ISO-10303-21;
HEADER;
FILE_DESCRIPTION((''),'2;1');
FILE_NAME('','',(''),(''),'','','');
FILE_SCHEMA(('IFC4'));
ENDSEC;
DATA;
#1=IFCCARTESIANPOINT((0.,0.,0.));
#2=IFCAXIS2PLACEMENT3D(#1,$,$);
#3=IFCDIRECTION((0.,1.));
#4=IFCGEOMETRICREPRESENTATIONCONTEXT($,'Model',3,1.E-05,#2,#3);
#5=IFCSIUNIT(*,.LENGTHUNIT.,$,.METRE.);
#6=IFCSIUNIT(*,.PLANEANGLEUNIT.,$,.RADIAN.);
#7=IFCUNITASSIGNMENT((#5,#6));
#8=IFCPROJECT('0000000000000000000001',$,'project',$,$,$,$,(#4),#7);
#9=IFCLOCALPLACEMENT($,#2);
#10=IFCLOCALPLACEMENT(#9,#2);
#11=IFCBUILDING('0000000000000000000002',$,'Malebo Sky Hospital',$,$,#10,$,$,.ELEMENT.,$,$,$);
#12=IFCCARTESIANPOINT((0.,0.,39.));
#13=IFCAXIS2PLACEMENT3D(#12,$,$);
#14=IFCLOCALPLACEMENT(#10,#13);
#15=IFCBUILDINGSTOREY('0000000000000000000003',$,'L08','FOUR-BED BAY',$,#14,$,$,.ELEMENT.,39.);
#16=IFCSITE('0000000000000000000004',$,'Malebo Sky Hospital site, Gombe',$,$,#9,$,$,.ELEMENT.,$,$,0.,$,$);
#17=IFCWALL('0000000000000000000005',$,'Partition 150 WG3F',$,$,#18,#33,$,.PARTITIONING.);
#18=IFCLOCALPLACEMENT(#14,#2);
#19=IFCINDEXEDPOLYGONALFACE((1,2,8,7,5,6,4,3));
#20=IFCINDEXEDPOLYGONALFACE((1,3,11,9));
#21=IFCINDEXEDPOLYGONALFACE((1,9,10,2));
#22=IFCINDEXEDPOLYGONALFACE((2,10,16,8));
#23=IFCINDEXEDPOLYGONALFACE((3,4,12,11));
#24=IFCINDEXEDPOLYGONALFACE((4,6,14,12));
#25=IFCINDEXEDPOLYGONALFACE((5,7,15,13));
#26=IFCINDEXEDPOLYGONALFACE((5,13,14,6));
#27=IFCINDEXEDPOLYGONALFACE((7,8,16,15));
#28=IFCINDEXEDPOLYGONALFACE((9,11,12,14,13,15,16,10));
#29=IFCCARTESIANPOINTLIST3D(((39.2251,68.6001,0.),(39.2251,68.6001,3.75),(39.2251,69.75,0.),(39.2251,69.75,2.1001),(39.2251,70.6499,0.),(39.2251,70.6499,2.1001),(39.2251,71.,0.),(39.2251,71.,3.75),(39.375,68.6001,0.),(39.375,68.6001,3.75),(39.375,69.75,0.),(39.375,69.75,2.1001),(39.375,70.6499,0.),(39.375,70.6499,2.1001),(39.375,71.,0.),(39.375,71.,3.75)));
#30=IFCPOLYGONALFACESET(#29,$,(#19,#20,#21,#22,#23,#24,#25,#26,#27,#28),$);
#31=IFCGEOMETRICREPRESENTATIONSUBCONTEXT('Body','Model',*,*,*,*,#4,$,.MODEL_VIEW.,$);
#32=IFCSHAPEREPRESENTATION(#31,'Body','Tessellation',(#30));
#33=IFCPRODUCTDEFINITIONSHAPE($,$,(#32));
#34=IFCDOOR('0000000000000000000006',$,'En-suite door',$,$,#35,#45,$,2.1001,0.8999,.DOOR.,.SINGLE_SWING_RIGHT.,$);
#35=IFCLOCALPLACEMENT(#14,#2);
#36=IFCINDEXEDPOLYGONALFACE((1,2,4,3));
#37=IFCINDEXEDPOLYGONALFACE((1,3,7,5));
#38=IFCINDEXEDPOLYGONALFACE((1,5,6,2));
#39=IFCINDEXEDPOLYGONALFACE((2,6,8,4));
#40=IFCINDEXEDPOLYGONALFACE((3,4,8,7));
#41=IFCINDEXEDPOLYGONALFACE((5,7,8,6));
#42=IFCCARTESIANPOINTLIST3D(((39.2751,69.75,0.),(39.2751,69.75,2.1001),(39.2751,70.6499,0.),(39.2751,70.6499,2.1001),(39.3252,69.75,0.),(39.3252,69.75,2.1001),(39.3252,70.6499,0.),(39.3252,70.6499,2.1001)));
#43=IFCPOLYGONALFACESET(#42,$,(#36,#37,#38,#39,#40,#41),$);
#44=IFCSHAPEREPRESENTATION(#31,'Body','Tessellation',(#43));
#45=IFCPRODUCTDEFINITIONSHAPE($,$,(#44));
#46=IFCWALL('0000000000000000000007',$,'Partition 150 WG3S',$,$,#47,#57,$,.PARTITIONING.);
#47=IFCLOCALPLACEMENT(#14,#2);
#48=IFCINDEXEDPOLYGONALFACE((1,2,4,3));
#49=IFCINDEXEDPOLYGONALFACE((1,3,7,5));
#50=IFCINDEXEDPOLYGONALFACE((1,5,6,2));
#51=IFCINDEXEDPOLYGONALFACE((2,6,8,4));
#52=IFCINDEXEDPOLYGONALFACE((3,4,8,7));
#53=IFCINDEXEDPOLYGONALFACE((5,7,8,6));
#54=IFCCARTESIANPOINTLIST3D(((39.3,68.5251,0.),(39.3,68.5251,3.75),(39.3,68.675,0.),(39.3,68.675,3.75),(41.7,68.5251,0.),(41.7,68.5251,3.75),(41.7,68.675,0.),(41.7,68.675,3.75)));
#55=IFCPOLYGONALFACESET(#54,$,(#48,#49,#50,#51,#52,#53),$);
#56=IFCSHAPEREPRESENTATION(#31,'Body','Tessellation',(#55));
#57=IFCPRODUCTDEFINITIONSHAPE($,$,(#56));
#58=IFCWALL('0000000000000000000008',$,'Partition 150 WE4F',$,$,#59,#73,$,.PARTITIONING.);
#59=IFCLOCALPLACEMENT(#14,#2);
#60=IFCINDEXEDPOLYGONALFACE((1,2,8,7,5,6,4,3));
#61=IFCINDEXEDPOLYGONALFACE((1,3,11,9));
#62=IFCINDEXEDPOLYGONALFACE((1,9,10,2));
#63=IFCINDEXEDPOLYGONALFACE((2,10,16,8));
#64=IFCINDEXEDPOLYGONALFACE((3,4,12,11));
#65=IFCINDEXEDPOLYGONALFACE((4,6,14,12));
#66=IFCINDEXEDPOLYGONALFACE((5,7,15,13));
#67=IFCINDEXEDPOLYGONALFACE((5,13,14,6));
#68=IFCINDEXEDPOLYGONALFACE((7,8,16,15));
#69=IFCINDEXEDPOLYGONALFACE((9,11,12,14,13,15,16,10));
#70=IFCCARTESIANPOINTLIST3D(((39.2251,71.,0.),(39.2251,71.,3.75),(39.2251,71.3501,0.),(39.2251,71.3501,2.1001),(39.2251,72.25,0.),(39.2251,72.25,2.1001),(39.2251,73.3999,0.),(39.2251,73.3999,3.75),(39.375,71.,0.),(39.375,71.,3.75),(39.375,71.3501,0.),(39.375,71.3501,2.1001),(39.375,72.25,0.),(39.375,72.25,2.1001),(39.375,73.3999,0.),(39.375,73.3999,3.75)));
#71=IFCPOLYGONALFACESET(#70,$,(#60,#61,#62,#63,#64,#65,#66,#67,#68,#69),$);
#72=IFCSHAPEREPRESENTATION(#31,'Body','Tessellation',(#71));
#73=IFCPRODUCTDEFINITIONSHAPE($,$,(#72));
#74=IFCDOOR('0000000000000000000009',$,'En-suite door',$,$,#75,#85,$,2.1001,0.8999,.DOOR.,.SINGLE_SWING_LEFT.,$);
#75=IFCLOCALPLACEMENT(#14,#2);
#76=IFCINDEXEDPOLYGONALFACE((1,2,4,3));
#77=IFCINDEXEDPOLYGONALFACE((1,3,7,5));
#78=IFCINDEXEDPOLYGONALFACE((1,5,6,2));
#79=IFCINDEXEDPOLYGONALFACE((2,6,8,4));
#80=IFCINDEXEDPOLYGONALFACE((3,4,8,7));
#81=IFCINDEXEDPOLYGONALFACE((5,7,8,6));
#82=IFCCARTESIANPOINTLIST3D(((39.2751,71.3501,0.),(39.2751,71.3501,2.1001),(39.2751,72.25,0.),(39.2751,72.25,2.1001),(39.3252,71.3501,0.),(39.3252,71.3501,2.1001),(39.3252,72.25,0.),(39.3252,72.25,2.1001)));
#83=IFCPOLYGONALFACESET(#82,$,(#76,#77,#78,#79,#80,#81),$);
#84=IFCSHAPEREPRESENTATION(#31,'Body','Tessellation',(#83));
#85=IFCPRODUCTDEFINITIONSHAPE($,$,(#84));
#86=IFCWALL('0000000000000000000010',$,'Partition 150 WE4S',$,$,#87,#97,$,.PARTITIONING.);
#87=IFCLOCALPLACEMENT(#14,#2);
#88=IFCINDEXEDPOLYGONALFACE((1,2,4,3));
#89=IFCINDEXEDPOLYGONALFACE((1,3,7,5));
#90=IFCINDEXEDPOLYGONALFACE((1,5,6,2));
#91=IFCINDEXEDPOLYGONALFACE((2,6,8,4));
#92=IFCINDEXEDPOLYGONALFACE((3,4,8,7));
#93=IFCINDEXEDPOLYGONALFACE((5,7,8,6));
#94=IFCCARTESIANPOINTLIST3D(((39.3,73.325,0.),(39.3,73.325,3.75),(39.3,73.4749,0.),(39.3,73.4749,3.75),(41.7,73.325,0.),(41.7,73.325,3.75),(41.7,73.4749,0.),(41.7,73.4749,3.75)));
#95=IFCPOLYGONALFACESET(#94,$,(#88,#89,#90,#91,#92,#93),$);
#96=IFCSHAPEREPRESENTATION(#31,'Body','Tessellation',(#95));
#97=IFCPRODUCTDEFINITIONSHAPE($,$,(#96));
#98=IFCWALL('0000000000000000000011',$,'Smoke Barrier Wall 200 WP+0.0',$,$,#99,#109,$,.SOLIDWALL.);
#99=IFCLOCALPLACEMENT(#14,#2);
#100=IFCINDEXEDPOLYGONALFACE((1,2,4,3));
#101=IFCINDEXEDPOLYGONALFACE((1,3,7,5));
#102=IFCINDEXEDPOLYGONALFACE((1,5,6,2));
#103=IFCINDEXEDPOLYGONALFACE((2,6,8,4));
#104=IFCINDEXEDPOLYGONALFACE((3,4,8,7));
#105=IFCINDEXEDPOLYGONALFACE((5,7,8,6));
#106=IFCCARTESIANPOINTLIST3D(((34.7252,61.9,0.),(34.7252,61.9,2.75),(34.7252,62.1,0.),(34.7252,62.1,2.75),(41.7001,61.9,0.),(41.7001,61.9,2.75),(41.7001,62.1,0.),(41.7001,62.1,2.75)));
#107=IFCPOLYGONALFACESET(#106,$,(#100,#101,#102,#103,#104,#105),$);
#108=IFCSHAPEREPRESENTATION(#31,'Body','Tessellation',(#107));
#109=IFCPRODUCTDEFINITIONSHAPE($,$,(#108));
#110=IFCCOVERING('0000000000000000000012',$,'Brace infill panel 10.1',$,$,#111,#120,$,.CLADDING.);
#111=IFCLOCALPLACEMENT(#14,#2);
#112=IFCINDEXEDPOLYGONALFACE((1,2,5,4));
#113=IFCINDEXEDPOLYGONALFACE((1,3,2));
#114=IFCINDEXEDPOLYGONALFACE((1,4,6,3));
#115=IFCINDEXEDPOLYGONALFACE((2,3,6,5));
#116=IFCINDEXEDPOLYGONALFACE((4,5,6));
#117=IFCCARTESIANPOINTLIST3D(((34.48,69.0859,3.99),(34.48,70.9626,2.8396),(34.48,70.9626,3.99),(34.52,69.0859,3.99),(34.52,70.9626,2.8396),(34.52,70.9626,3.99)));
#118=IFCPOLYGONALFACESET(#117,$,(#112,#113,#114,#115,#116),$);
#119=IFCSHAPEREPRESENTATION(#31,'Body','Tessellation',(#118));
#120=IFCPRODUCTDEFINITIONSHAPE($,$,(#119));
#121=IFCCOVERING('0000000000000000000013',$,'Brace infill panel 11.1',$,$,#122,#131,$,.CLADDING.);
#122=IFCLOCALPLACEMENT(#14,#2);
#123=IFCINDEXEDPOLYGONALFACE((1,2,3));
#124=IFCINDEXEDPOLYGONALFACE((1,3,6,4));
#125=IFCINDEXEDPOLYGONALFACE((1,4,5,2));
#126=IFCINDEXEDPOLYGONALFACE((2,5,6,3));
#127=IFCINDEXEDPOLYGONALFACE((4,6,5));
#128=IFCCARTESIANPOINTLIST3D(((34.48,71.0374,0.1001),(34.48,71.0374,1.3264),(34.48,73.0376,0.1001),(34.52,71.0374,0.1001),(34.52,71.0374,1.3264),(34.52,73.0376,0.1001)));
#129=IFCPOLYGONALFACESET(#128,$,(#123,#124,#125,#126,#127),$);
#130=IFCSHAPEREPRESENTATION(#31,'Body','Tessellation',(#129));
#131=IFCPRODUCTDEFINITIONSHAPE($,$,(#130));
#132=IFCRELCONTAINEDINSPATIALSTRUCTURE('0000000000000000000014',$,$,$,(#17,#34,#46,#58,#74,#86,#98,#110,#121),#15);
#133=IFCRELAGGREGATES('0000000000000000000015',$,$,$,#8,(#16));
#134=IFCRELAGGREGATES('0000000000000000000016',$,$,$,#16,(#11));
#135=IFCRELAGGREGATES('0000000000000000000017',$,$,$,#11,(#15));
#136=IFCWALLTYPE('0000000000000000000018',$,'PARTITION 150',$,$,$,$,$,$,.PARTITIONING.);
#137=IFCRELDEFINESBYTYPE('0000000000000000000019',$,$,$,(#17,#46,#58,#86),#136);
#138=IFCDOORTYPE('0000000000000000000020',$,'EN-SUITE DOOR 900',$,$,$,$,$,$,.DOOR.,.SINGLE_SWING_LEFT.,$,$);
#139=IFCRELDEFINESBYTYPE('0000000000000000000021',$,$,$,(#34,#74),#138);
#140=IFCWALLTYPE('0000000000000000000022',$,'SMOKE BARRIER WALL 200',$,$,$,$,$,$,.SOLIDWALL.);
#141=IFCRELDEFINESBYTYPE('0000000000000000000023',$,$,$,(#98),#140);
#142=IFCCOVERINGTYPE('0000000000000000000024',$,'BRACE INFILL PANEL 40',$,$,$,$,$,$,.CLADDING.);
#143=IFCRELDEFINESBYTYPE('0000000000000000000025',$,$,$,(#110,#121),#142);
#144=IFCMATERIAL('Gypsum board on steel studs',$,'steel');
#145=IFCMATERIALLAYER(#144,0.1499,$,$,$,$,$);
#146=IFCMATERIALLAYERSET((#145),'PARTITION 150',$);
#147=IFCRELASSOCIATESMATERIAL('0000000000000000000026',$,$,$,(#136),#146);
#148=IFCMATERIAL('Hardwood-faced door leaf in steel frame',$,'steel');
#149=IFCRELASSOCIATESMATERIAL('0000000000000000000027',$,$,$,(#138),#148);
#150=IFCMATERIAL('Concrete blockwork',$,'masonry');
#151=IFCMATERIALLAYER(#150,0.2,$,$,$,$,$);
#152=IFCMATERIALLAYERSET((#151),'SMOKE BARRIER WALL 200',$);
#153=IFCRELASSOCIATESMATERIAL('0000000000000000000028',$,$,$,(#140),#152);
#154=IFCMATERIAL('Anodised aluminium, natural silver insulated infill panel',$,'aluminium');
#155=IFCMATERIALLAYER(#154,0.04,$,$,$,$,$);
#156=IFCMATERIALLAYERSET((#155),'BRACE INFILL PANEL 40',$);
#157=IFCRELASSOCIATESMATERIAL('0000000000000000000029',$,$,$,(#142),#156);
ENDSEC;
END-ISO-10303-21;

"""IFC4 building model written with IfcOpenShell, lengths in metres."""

from ifc_helpers import new_model, si_unit, direction, frame, frame_2d, origin, place, context, subcontext, project, spatial, polyline, rectangle, outline, extrude, material, layer, layer_set, type_object, element, fill, save


model = new_model("IFC4")

# Units and contexts
model_context = context("Model", 3, precision=1e-05, world=origin(), true_north=direction((0.0, 1.0)))
body_context = subcontext(model_context, "Body", "Model", "MODEL_VIEW")
ifc_project = project(units=[si_unit("LENGTHUNIT", "METRE"), si_unit("PLANEANGLEUNIT", "RADIAN")], contexts=[model_context])

# Site, building, storey
site_placement = place(None, origin())
site = spatial("IfcSite", under=ifc_project, at=site_placement, Name="Malebo Sky Hospital site, Gombe", CompositionType="ELEMENT", RefElevation=0.0)
building_placement = place(site_placement, origin())
building = spatial("IfcBuilding", under=site, at=building_placement, Name="Malebo Sky Hospital", CompositionType="ELEMENT")
storey_placement = place(building_placement, frame((0.0, 0.0, 39.0)))
storey = spatial("IfcBuildingStorey", under=building, at=storey_placement, Name="L08", Description="FOUR-BED BAY", CompositionType="ELEMENT", Elevation=39.0)

# Shared definitions
ifc_material_1 = material(Name="Gypsum board on steel studs", Category="steel")
ifc_layer_1 = layer(ifc_material_1, 0.1499)
ifc_layer_set_1 = layer_set([ifc_layer_1], Name="PARTITION 150")
wall_type_1 = type_object("IfcWallType", Name="PARTITION 150", PredefinedType="PARTITIONING", material=ifc_layer_set_1)

# Shared definitions
ifc_material_2 = material(Name="Hardwood-faced door leaf in steel frame", Category="steel")
door_type = type_object("IfcDoorType", Name="EN-SUITE DOOR 900", OperationType="SINGLE_SWING_LEFT", PredefinedType="DOOR", material=ifc_material_2)

# Wall, opening, door
wall_1_placement = place(storey_placement, frame((39.3, 68.6001, 0.0), z_axis=(0.0, 0.0, 1.0), x_axis=(0.0, 1.0, 0.0)))
wall_1 = element("IfcWall", 1, at=wall_1_placement, inside=storey, type_object=wall_type_1, Name="Partition 150 WG3F", PredefinedType="PARTITIONING", context=body_context, shape_type="SweptSolid", body=[
    extrude(rectangle(XDim=2.3999, YDim=0.1499, at=frame_2d((1.2, 0.0))), origin(), (0.0, 0.0, 1.0), 3.75),
])
opening_1_placement = place(wall_1_placement, frame((1.1499, 0.0, 0.0)))
opening_1 = element("IfcOpeningElement", 2, at=opening_1_placement, cuts=wall_1, PredefinedType="OPENING", context=body_context, shape_type="SweptSolid", body=[
    extrude(rectangle(XDim=0.8999, YDim=2.1001, at=frame_2d((0.45, 1.05))), frame((0.0, 0.085, 0.0), z_axis=(0.0, -1.0, 0.0), x_axis=(1.0, 0.0, 0.0)), (0.0, 0.0, 1.0), 0.1699),
])
door_1_placement = place(opening_1_placement, origin())
door_1 = element("IfcDoor", 3, at=door_1_placement, inside=storey, type_object=door_type, Name="En-suite door", OperationType="SINGLE_SWING_RIGHT", OverallHeight=2.1001, OverallWidth=0.8999, PredefinedType="DOOR", context=body_context, shape_type="SweptSolid", body=[
    extrude(rectangle(XDim=0.8999, YDim=2.1001, at=frame_2d((0.45, 1.05))), frame((0.0, 0.0249, 0.0), z_axis=(0.0, -1.0, 0.0), x_axis=(1.0, 0.0, 0.0)), (0.0, 0.0, 1.0), 0.05),
])
fill(opening_1, door_1)

# Wall
wall_2_placement = place(storey_placement, frame((41.7, 68.6001, 0.0), z_axis=(0.0, 0.0, 1.0), x_axis=(-1.0, 0.0, 0.0)))
element("IfcWall", 4, at=wall_2_placement, inside=storey, type_object=wall_type_1, Name="Partition 150 WG3S", PredefinedType="PARTITIONING", context=body_context, shape_type="SweptSolid", body=[
    extrude(rectangle(XDim=2.3999, YDim=0.1499, at=frame_2d((1.2, 0.0))), origin(), (0.0, 0.0, 1.0), 3.75),
])

# Wall, opening, door
wall_3_placement = place(storey_placement, frame((39.3, 71.0, 0.0), z_axis=(0.0, 0.0, 1.0), x_axis=(0.0, 1.0, 0.0)))
wall_3 = element("IfcWall", 5, at=wall_3_placement, inside=storey, type_object=wall_type_1, Name="Partition 150 WE4F", PredefinedType="PARTITIONING", context=body_context, shape_type="SweptSolid", body=[
    extrude(rectangle(XDim=2.3999, YDim=0.1499, at=frame_2d((1.2, 0.0))), origin(), (0.0, 0.0, 1.0), 3.75),
])
opening_2_placement = place(wall_3_placement, frame((0.3501, 0.0, 0.0)))
opening_2 = element("IfcOpeningElement", 6, at=opening_2_placement, cuts=wall_3, PredefinedType="OPENING", context=body_context, shape_type="SweptSolid", body=[
    extrude(rectangle(XDim=0.8999, YDim=2.1001, at=frame_2d((0.45, 1.05))), frame((0.0, 0.085, 0.0), z_axis=(0.0, -1.0, 0.0), x_axis=(1.0, 0.0, 0.0)), (0.0, 0.0, 1.0), 0.1699),
])
door_2_placement = place(opening_2_placement, origin())
door_2 = element("IfcDoor", 7, at=door_2_placement, inside=storey, type_object=door_type, Name="En-suite door", OperationType="SINGLE_SWING_LEFT", OverallHeight=2.1001, OverallWidth=0.8999, PredefinedType="DOOR", context=body_context, shape_type="SweptSolid", body=[
    extrude(rectangle(XDim=0.8999, YDim=2.1001, at=frame_2d((0.45, 1.05))), frame((0.0, 0.0249, 0.0), z_axis=(0.0, -1.0, 0.0), x_axis=(1.0, 0.0, 0.0)), (0.0, 0.0, 1.0), 0.05),
])
fill(opening_2, door_2)

# Walls
wall_4_placement = place(storey_placement, frame((41.7, 73.3999, 0.0), z_axis=(0.0, 0.0, 1.0), x_axis=(-1.0, 0.0, 0.0)))
element("IfcWall", 8, at=wall_4_placement, inside=storey, type_object=wall_type_1, Name="Partition 150 WE4S", PredefinedType="PARTITIONING", context=body_context, shape_type="SweptSolid", body=[
    extrude(rectangle(XDim=2.3999, YDim=0.1499, at=frame_2d((1.2, 0.0))), origin(), (0.0, 0.0, 1.0), 3.75),
])
ifc_material_3 = material(Name="Concrete blockwork", Category="masonry")
ifc_layer_2 = layer(ifc_material_3, 0.2)
ifc_layer_set_2 = layer_set([ifc_layer_2], Name="SMOKE BARRIER WALL 200")
wall_type_2 = type_object("IfcWallType", Name="SMOKE BARRIER WALL 200", PredefinedType="SOLIDWALL", material=ifc_layer_set_2)
wall_5_placement = place(storey_placement, frame((41.7, 62.0, 0.0), z_axis=(0.0, 0.0, 1.0), x_axis=(-1.0, 0.0, 0.0)))
element("IfcWall", 9, at=wall_5_placement, inside=storey, type_object=wall_type_2, Name="Smoke Barrier Wall 200 WP+0.0", PredefinedType="SOLIDWALL", context=body_context, shape_type="SweptSolid", body=[
    extrude(rectangle(XDim=6.9749, YDim=0.2, at=frame_2d((3.4873, 0.0))), origin(), (0.0, 0.0, 1.0), 2.75),
])

# Coverings
ifc_material_4 = material(Name="Anodised aluminium, natural silver insulated infill panel", Category="aluminium")
ifc_layer_3 = layer(ifc_material_4, 0.04)
ifc_layer_set_3 = layer_set([ifc_layer_3], Name="BRACE INFILL PANEL 40")
covering_type = type_object("IfcCoveringType", Name="BRACE INFILL PANEL 40", PredefinedType="CLADDING", material=ifc_layer_set_3)
covering_1_placement = place(storey_placement, frame((34.5, 70.0242, 2.8396), z_axis=(0.0, 0.0, 1.0), x_axis=(0.0, 1.0, 0.0)))
element("IfcCovering", 10, at=covering_1_placement, inside=storey, type_object=covering_type, Name="Brace infill panel 10.1", PredefinedType="CLADDING", context=body_context, shape_type="SweptSolid", body=[
    extrude(outline(polyline([(0.9385, 0.0), (0.9385, 1.1504), (-0.9382, 1.1504), (0.9385, 0.0)])), frame((0.0, 0.02, 0.0), z_axis=(0.0, -1.0, 0.0), x_axis=(1.0, 0.0, 0.0)), (0.0, 0.0, 1.0), 0.04),
])
covering_2_placement = place(storey_placement, frame((34.5, 72.0376, 0.1001), z_axis=(0.0, 0.0, 1.0), x_axis=(0.0, 1.0, 0.0)))
element("IfcCovering", 11, at=covering_2_placement, inside=storey, type_object=covering_type, Name="Brace infill panel 11.1", PredefinedType="CLADDING", context=body_context, shape_type="SweptSolid", body=[
    extrude(outline(polyline([(-1.0002, 0.0), (1.0, 0.0), (-1.0002, 1.2263), (-1.0002, 0.0)])), frame((0.0, 0.02, 0.0), z_axis=(0.0, -1.0, 0.0), x_axis=(1.0, 0.0, 0.0)), (0.0, 0.0, 1.0), 0.04),
])

save(model, "model.ifc")
